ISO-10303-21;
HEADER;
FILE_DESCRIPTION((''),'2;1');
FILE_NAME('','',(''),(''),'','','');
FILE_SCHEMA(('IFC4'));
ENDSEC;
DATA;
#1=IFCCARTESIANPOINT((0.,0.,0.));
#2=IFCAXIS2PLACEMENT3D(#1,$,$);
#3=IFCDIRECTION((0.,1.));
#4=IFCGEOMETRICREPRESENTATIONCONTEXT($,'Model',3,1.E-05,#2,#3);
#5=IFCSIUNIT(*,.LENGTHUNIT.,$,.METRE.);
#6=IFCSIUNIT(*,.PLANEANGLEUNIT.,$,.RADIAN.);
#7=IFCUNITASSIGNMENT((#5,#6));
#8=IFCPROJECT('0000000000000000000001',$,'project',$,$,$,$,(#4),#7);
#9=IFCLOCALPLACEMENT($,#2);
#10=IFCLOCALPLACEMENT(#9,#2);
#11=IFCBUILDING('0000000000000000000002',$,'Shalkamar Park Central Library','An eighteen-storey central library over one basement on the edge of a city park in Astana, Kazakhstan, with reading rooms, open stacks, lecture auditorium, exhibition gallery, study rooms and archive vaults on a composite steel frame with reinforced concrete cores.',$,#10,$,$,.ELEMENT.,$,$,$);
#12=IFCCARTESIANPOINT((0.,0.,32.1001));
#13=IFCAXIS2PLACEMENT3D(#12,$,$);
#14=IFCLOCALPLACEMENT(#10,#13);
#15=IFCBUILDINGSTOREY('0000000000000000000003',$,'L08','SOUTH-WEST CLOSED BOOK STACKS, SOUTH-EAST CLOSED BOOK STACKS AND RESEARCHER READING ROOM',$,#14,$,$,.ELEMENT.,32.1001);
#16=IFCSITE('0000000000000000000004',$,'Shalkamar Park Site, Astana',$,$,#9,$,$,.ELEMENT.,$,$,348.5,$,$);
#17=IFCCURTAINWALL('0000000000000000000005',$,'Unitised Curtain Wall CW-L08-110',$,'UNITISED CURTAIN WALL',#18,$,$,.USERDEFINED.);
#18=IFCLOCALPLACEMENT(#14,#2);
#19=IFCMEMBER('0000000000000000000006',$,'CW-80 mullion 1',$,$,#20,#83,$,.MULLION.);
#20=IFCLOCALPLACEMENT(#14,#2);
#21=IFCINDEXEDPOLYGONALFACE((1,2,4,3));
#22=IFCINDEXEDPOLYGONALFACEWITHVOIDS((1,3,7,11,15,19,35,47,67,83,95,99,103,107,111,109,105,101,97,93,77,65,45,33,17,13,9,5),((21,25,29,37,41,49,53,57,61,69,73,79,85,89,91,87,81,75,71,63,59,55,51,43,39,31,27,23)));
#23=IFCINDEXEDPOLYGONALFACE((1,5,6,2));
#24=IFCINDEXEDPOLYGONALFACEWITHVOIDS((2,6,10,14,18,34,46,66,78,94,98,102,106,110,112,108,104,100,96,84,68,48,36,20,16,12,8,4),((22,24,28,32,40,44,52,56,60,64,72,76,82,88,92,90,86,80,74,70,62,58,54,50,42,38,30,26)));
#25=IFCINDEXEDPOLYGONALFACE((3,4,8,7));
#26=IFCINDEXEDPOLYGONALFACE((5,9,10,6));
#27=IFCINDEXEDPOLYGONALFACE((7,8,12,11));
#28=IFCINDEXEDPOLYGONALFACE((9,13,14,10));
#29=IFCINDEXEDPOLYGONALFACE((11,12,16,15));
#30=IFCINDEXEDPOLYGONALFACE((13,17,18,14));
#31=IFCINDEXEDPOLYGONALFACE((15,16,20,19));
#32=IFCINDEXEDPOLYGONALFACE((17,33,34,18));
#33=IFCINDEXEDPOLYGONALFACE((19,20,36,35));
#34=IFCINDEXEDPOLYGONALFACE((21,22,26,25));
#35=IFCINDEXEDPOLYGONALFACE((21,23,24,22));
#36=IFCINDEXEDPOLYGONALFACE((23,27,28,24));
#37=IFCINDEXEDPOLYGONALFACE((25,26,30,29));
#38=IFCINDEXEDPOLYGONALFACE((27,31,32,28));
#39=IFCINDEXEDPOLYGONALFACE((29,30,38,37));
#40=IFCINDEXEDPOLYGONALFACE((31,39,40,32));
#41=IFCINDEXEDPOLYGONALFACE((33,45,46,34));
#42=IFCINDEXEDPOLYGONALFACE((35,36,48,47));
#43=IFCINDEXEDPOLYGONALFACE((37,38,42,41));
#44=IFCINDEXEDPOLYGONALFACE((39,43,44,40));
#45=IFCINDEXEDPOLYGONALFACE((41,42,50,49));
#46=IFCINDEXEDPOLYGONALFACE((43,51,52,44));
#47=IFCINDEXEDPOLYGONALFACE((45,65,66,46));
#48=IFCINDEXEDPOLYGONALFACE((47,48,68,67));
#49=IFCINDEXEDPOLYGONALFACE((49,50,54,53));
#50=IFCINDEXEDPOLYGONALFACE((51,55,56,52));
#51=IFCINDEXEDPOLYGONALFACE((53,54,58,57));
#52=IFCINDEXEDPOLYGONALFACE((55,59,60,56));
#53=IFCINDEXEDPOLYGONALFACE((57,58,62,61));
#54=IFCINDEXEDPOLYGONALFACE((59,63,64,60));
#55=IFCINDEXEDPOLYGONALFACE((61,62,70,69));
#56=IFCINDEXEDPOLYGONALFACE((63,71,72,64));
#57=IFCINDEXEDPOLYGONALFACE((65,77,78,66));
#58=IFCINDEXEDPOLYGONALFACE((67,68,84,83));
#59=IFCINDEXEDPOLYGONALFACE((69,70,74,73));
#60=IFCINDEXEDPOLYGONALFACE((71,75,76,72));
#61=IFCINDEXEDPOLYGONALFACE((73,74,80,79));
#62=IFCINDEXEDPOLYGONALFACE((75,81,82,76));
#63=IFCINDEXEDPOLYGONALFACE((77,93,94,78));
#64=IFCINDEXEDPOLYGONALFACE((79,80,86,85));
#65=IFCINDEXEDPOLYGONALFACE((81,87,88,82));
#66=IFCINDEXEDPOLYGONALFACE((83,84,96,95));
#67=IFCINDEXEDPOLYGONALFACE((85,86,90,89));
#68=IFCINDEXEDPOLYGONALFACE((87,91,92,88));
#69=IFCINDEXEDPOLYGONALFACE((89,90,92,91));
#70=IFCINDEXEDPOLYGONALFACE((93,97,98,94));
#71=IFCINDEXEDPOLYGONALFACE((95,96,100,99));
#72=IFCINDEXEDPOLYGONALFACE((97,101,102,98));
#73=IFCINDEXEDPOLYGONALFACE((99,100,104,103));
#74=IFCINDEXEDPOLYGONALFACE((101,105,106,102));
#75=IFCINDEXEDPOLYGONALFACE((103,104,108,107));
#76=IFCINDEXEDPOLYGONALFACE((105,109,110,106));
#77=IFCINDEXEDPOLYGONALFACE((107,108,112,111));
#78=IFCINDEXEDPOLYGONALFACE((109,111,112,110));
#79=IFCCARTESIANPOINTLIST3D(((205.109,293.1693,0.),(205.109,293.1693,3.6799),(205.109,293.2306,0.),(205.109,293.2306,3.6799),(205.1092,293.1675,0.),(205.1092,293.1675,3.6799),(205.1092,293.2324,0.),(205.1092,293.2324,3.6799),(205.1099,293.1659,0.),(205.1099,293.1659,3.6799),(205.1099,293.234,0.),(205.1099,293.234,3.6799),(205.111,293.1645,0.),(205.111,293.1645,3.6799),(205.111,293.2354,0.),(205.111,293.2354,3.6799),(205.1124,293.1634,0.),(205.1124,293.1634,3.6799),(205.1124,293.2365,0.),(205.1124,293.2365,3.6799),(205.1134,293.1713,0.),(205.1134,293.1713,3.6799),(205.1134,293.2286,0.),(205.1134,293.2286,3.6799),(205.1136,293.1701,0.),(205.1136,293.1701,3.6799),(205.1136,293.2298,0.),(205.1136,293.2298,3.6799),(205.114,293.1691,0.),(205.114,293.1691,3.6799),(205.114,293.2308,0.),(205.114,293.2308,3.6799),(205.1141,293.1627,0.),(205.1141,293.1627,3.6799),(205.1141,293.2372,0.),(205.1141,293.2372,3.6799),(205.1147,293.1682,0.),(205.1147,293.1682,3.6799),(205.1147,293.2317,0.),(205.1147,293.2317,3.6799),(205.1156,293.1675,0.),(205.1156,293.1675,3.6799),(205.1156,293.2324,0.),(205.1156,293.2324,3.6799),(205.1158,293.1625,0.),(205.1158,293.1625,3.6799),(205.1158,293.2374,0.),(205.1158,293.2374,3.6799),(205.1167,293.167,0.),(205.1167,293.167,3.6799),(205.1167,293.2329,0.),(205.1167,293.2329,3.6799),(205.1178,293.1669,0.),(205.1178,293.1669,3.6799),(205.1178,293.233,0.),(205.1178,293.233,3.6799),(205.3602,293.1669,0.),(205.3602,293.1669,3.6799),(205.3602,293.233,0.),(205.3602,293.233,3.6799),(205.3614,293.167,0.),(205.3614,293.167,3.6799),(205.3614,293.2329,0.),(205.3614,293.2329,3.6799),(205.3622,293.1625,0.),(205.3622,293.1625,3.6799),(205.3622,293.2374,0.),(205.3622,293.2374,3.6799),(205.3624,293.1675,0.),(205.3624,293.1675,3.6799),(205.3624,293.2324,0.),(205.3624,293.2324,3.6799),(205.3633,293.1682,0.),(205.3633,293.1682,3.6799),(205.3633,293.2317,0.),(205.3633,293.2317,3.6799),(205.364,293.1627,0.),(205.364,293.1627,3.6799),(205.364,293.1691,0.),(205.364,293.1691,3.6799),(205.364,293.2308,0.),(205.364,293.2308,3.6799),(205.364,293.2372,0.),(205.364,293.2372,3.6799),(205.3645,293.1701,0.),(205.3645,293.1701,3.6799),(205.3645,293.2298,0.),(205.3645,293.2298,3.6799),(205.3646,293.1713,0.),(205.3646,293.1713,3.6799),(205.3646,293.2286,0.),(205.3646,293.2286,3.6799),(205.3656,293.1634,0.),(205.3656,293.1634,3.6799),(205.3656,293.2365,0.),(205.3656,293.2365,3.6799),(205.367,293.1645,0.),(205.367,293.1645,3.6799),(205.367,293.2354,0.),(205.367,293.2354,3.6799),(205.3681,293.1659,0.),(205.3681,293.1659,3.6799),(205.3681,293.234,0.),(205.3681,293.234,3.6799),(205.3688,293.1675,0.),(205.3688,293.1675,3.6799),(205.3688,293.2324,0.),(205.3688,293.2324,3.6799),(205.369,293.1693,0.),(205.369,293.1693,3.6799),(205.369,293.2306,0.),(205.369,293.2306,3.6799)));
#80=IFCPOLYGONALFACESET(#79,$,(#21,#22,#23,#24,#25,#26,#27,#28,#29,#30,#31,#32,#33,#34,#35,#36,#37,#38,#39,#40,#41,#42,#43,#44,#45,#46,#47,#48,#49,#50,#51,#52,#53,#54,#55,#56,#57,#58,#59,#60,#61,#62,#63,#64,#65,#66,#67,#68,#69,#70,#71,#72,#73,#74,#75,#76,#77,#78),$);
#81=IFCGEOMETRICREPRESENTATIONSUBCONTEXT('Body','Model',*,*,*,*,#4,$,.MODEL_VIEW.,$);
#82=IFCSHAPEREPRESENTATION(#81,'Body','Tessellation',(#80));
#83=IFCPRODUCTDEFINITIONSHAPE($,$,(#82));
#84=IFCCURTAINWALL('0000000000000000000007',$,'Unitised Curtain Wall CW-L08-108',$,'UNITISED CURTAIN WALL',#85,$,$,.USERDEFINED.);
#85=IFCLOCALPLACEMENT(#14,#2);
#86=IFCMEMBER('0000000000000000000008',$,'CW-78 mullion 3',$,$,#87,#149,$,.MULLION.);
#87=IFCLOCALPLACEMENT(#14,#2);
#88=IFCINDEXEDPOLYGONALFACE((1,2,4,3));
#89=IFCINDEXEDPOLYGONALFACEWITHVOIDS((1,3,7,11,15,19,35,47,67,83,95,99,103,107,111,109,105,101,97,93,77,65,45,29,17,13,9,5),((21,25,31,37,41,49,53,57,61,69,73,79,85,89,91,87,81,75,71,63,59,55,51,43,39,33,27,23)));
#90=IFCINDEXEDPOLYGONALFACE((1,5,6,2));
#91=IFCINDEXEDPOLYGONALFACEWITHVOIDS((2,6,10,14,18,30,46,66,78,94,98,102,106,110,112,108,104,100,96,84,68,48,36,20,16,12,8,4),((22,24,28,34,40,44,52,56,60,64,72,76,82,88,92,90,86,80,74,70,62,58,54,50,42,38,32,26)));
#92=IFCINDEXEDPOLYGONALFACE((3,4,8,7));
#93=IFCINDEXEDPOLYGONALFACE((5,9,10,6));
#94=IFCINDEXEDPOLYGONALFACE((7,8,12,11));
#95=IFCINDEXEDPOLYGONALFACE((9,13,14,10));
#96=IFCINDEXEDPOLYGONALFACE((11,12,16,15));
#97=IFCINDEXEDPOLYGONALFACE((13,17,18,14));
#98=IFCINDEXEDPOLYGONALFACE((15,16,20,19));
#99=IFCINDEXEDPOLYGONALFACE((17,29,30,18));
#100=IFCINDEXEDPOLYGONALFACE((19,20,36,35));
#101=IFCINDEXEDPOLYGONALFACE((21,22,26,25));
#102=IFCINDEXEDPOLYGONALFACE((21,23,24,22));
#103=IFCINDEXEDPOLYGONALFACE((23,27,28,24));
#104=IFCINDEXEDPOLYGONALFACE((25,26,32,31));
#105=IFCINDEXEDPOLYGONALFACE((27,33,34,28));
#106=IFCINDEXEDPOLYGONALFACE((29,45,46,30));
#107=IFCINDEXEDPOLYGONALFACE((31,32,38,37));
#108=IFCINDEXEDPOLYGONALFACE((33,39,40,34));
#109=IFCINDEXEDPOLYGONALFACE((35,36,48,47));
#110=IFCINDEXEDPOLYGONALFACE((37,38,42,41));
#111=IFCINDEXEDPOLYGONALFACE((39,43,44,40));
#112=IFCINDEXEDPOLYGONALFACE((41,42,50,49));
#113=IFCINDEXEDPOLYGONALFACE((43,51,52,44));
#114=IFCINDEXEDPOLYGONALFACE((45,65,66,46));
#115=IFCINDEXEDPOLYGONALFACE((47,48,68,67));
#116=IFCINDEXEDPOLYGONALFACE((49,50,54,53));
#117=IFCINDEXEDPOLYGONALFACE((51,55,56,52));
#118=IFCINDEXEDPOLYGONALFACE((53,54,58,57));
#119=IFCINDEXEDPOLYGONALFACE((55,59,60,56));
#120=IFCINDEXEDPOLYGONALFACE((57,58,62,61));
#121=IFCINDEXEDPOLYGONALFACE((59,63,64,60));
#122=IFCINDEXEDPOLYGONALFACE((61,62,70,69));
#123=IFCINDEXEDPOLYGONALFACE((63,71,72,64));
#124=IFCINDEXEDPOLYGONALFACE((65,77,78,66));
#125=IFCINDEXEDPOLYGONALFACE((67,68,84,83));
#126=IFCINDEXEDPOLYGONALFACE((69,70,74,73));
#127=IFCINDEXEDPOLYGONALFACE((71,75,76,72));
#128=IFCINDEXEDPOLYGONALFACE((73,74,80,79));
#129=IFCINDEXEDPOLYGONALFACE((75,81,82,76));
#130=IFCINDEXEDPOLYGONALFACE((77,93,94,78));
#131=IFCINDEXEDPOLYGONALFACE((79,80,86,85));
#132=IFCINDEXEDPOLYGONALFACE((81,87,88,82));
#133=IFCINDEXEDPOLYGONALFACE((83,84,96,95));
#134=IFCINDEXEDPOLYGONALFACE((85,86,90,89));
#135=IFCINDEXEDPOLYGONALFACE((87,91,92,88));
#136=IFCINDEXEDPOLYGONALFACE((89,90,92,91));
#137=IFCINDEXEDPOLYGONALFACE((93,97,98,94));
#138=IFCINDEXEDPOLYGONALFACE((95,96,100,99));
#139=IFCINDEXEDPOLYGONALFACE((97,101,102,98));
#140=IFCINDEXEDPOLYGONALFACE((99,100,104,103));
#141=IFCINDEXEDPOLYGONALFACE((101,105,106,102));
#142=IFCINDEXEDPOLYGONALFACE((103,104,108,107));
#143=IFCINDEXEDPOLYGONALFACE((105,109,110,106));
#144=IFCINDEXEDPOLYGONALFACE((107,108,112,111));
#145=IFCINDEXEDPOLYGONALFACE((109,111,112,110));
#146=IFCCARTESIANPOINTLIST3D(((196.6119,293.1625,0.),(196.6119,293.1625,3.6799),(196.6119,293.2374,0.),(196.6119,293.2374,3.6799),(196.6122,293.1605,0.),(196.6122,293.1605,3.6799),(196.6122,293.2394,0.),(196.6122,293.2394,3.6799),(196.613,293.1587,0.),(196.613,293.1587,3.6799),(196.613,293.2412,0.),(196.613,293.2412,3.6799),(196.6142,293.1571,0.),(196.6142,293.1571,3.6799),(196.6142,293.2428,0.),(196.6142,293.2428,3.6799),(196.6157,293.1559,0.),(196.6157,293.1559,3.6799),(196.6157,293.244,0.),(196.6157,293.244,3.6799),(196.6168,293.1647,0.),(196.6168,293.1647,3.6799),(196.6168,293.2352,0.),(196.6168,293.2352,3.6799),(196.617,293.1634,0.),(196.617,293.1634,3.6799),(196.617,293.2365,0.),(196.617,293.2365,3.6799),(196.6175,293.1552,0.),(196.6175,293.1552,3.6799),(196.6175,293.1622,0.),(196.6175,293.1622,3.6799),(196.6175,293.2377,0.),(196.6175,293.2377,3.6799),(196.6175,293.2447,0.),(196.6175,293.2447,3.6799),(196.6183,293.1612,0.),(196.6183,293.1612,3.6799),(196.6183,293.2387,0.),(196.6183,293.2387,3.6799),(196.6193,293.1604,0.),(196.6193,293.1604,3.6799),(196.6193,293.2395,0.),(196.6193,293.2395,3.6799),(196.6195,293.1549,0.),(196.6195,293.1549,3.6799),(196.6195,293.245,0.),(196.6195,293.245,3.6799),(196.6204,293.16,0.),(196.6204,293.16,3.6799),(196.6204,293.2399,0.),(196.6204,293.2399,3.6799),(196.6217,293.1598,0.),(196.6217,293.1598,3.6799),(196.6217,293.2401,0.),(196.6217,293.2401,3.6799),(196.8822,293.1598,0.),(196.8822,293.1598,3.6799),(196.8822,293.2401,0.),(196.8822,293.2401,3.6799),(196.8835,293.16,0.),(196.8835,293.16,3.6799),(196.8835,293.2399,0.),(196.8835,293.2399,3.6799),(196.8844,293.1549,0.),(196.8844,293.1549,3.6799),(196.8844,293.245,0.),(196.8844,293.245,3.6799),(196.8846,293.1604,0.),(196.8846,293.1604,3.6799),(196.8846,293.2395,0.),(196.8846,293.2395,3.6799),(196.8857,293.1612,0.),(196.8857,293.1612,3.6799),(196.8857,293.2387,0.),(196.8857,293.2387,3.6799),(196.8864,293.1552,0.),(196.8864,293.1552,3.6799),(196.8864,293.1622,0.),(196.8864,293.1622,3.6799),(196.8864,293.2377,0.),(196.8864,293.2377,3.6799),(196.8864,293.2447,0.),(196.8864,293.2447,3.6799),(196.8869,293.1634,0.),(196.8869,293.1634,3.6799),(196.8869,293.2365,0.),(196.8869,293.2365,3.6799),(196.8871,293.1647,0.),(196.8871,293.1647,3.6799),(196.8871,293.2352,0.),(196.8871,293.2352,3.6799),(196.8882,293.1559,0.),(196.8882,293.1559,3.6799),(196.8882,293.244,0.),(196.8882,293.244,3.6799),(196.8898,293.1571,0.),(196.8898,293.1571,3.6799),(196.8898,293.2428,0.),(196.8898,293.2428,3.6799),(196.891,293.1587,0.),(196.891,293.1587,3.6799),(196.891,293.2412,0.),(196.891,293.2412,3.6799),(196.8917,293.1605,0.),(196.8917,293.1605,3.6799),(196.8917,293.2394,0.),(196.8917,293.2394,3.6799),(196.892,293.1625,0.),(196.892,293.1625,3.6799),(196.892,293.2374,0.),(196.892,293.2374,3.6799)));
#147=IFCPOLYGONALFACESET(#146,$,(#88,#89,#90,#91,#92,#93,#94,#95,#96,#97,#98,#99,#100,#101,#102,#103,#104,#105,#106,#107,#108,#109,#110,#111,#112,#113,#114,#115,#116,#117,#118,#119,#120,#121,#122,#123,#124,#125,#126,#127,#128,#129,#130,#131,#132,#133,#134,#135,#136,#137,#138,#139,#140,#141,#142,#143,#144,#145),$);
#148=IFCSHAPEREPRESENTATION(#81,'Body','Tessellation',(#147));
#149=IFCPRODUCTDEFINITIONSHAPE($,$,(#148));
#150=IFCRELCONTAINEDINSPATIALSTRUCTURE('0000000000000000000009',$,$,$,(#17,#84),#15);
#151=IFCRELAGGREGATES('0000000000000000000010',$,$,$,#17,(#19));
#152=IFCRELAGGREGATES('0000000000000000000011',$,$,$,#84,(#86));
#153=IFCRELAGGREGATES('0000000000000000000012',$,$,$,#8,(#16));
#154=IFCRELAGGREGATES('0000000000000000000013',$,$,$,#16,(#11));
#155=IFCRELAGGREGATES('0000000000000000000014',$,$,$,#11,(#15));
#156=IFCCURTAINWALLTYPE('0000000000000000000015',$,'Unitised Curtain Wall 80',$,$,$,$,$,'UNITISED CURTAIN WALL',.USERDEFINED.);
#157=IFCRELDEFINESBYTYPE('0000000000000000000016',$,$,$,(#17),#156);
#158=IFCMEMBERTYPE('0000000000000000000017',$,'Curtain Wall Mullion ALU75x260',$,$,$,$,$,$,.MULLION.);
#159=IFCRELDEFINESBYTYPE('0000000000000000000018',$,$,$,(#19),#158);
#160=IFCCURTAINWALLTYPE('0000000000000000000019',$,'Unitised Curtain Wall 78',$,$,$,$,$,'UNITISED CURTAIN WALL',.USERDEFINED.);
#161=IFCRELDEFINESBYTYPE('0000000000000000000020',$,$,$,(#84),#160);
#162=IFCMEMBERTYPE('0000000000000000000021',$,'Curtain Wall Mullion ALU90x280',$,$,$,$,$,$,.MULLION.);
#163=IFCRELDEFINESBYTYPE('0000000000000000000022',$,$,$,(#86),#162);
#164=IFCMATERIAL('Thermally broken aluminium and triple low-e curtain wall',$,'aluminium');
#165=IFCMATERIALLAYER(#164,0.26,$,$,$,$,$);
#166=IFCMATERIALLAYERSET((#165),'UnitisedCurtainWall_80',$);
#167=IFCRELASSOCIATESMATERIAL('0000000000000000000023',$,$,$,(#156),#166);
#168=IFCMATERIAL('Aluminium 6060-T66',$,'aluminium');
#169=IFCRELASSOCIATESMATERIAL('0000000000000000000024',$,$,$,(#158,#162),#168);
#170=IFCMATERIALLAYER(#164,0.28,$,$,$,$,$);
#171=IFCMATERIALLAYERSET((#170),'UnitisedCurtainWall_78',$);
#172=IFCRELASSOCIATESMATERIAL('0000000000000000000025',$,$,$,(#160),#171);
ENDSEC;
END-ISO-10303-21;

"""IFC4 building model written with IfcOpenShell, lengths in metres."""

from ifc_helpers import new_model, si_unit, direction, frame, origin, origin_2d, place, context, subcontext, project, spatial, hollow_rectangle, extrude, material, layer, layer_set, material_profile, profile_set, type_object, element, aggregate, save


model = new_model("IFC4")

# Units and contexts
model_context = context("Model", 3, precision=1e-05, world=origin(), true_north=direction((0.0, 1.0)))
body_context = subcontext(model_context, "Body", "Model", "MODEL_VIEW")
ifc_project = project(units=[si_unit("LENGTHUNIT", "METRE"), si_unit("PLANEANGLEUNIT", "RADIAN")], contexts=[model_context])

# Site, building, storey
site_placement = place(None, origin())
site = spatial("IfcSite", under=ifc_project, at=site_placement, Name="Shalkamar Park Site, Astana", CompositionType="ELEMENT", RefElevation=348.5)
building_placement = place(site_placement, origin())
building = spatial("IfcBuilding", under=site, at=building_placement, Name="Shalkamar Park Central Library", Description="An eighteen-storey central library over one basement on the edge of a city park in Astana, Kazakhstan, with reading rooms, open stacks, lecture auditorium, exhibition gallery, study rooms and archive vaults on a composite steel frame with reinforced concrete cores.", CompositionType="ELEMENT")
storey_placement = place(building_placement, frame((0.0, 0.0, 32.1001)))
storey = spatial("IfcBuildingStorey", under=building, at=storey_placement, Name="L08", Description="SOUTH-WEST CLOSED BOOK STACKS, SOUTH-EAST CLOSED BOOK STACKS AND RESEARCHER READING ROOM", CompositionType="ELEMENT", Elevation=32.1001)

# Shared definitions
ifc_material_1 = material(Name="Thermally broken aluminium and triple low-e curtain wall", Category="aluminium")
ifc_material_2 = material(Name="Aluminium 6060-T66", Category="aluminium")

# Curtain walls, members
ifc_layer_1 = layer(ifc_material_1, 0.26)
ifc_layer_set_1 = layer_set([ifc_layer_1], Name="UnitisedCurtainWall_80")
curtain_wall_type_1 = type_object("IfcCurtainWallType", Name="Unitised Curtain Wall 80", ElementType="UNITISED CURTAIN WALL", PredefinedType="USERDEFINED", material=ifc_layer_set_1)
curtain_wall_1_placement = place(storey_placement, origin())
curtain_wall_1 = element("IfcCurtainWall", 1, at=curtain_wall_1_placement, inside=storey, type_object=curtain_wall_type_1, Name="Unitised Curtain Wall CW-L08-110", ObjectType="UNITISED CURTAIN WALL", PredefinedType="USERDEFINED")
ifc_material_profile_1 = material_profile(ifc_material_2, hollow_rectangle(XDim=0.075, YDim=0.26, WallThickness=0.0044, InnerFilletRadius=0.0044, OuterFilletRadius=0.0068, at=origin_2d()), Name="ALU 75x260x4.5")
ifc_profile_set_1 = profile_set([ifc_material_profile_1], Name="Aluminium 6060-T66")
member_type_1 = type_object("IfcMemberType", Name="Curtain Wall Mullion ALU75x260", PredefinedType="MULLION", material=ifc_profile_set_1)
member_1_placement = place(storey_placement, frame((205.239, 293.2, 0.0), z_axis=(0.0, 0.0, 1.0), x_axis=(0.0, 1.0, 0.0)))
member_1 = element("IfcMember", 2, at=member_1_placement, type_object=member_type_1, Name="CW-80 mullion 1", PredefinedType="MULLION", context=body_context, shape_type="SweptSolid", body=[
    extrude(hollow_rectangle(XDim=0.075, YDim=0.26, WallThickness=0.0044, InnerFilletRadius=0.0044, OuterFilletRadius=0.0068, at=origin_2d()), origin(), (0.0, 0.0, 1.0), 3.6799),
])
ifc_layer_2 = layer(ifc_material_1, 0.28)
ifc_layer_set_2 = layer_set([ifc_layer_2], Name="UnitisedCurtainWall_78")
curtain_wall_type_2 = type_object("IfcCurtainWallType", Name="Unitised Curtain Wall 78", ElementType="UNITISED CURTAIN WALL", PredefinedType="USERDEFINED", material=ifc_layer_set_2)
curtain_wall_2_placement = place(storey_placement, origin())
curtain_wall_2 = element("IfcCurtainWall", 3, at=curtain_wall_2_placement, inside=storey, type_object=curtain_wall_type_2, Name="Unitised Curtain Wall CW-L08-108", ObjectType="UNITISED CURTAIN WALL", PredefinedType="USERDEFINED")
ifc_material_profile_2 = material_profile(ifc_material_2, hollow_rectangle(XDim=0.0901, YDim=0.28, WallThickness=0.0049, InnerFilletRadius=0.0049, OuterFilletRadius=0.0076, at=origin_2d()), Name="ALU 90x280x5")
ifc_profile_set_2 = profile_set([ifc_material_profile_2], Name="Aluminium 6060-T66")
member_type_2 = type_object("IfcMemberType", Name="Curtain Wall Mullion ALU90x280", PredefinedType="MULLION", material=ifc_profile_set_2)
member_2_placement = place(storey_placement, frame((196.752, 293.2, 0.0), z_axis=(0.0, 0.0, 1.0), x_axis=(0.0, 1.0, 0.0)))
member_2 = element("IfcMember", 4, at=member_2_placement, type_object=member_type_2, Name="CW-78 mullion 3", PredefinedType="MULLION", context=body_context, shape_type="SweptSolid", body=[
    extrude(hollow_rectangle(XDim=0.0901, YDim=0.28, WallThickness=0.0049, InnerFilletRadius=0.0049, OuterFilletRadius=0.0076, at=origin_2d()), origin(), (0.0, 0.0, 1.0), 3.6799),
])

aggregate(curtain_wall_1, [member_1])

aggregate(curtain_wall_2, [member_2])

save(model, "model.ifc")
